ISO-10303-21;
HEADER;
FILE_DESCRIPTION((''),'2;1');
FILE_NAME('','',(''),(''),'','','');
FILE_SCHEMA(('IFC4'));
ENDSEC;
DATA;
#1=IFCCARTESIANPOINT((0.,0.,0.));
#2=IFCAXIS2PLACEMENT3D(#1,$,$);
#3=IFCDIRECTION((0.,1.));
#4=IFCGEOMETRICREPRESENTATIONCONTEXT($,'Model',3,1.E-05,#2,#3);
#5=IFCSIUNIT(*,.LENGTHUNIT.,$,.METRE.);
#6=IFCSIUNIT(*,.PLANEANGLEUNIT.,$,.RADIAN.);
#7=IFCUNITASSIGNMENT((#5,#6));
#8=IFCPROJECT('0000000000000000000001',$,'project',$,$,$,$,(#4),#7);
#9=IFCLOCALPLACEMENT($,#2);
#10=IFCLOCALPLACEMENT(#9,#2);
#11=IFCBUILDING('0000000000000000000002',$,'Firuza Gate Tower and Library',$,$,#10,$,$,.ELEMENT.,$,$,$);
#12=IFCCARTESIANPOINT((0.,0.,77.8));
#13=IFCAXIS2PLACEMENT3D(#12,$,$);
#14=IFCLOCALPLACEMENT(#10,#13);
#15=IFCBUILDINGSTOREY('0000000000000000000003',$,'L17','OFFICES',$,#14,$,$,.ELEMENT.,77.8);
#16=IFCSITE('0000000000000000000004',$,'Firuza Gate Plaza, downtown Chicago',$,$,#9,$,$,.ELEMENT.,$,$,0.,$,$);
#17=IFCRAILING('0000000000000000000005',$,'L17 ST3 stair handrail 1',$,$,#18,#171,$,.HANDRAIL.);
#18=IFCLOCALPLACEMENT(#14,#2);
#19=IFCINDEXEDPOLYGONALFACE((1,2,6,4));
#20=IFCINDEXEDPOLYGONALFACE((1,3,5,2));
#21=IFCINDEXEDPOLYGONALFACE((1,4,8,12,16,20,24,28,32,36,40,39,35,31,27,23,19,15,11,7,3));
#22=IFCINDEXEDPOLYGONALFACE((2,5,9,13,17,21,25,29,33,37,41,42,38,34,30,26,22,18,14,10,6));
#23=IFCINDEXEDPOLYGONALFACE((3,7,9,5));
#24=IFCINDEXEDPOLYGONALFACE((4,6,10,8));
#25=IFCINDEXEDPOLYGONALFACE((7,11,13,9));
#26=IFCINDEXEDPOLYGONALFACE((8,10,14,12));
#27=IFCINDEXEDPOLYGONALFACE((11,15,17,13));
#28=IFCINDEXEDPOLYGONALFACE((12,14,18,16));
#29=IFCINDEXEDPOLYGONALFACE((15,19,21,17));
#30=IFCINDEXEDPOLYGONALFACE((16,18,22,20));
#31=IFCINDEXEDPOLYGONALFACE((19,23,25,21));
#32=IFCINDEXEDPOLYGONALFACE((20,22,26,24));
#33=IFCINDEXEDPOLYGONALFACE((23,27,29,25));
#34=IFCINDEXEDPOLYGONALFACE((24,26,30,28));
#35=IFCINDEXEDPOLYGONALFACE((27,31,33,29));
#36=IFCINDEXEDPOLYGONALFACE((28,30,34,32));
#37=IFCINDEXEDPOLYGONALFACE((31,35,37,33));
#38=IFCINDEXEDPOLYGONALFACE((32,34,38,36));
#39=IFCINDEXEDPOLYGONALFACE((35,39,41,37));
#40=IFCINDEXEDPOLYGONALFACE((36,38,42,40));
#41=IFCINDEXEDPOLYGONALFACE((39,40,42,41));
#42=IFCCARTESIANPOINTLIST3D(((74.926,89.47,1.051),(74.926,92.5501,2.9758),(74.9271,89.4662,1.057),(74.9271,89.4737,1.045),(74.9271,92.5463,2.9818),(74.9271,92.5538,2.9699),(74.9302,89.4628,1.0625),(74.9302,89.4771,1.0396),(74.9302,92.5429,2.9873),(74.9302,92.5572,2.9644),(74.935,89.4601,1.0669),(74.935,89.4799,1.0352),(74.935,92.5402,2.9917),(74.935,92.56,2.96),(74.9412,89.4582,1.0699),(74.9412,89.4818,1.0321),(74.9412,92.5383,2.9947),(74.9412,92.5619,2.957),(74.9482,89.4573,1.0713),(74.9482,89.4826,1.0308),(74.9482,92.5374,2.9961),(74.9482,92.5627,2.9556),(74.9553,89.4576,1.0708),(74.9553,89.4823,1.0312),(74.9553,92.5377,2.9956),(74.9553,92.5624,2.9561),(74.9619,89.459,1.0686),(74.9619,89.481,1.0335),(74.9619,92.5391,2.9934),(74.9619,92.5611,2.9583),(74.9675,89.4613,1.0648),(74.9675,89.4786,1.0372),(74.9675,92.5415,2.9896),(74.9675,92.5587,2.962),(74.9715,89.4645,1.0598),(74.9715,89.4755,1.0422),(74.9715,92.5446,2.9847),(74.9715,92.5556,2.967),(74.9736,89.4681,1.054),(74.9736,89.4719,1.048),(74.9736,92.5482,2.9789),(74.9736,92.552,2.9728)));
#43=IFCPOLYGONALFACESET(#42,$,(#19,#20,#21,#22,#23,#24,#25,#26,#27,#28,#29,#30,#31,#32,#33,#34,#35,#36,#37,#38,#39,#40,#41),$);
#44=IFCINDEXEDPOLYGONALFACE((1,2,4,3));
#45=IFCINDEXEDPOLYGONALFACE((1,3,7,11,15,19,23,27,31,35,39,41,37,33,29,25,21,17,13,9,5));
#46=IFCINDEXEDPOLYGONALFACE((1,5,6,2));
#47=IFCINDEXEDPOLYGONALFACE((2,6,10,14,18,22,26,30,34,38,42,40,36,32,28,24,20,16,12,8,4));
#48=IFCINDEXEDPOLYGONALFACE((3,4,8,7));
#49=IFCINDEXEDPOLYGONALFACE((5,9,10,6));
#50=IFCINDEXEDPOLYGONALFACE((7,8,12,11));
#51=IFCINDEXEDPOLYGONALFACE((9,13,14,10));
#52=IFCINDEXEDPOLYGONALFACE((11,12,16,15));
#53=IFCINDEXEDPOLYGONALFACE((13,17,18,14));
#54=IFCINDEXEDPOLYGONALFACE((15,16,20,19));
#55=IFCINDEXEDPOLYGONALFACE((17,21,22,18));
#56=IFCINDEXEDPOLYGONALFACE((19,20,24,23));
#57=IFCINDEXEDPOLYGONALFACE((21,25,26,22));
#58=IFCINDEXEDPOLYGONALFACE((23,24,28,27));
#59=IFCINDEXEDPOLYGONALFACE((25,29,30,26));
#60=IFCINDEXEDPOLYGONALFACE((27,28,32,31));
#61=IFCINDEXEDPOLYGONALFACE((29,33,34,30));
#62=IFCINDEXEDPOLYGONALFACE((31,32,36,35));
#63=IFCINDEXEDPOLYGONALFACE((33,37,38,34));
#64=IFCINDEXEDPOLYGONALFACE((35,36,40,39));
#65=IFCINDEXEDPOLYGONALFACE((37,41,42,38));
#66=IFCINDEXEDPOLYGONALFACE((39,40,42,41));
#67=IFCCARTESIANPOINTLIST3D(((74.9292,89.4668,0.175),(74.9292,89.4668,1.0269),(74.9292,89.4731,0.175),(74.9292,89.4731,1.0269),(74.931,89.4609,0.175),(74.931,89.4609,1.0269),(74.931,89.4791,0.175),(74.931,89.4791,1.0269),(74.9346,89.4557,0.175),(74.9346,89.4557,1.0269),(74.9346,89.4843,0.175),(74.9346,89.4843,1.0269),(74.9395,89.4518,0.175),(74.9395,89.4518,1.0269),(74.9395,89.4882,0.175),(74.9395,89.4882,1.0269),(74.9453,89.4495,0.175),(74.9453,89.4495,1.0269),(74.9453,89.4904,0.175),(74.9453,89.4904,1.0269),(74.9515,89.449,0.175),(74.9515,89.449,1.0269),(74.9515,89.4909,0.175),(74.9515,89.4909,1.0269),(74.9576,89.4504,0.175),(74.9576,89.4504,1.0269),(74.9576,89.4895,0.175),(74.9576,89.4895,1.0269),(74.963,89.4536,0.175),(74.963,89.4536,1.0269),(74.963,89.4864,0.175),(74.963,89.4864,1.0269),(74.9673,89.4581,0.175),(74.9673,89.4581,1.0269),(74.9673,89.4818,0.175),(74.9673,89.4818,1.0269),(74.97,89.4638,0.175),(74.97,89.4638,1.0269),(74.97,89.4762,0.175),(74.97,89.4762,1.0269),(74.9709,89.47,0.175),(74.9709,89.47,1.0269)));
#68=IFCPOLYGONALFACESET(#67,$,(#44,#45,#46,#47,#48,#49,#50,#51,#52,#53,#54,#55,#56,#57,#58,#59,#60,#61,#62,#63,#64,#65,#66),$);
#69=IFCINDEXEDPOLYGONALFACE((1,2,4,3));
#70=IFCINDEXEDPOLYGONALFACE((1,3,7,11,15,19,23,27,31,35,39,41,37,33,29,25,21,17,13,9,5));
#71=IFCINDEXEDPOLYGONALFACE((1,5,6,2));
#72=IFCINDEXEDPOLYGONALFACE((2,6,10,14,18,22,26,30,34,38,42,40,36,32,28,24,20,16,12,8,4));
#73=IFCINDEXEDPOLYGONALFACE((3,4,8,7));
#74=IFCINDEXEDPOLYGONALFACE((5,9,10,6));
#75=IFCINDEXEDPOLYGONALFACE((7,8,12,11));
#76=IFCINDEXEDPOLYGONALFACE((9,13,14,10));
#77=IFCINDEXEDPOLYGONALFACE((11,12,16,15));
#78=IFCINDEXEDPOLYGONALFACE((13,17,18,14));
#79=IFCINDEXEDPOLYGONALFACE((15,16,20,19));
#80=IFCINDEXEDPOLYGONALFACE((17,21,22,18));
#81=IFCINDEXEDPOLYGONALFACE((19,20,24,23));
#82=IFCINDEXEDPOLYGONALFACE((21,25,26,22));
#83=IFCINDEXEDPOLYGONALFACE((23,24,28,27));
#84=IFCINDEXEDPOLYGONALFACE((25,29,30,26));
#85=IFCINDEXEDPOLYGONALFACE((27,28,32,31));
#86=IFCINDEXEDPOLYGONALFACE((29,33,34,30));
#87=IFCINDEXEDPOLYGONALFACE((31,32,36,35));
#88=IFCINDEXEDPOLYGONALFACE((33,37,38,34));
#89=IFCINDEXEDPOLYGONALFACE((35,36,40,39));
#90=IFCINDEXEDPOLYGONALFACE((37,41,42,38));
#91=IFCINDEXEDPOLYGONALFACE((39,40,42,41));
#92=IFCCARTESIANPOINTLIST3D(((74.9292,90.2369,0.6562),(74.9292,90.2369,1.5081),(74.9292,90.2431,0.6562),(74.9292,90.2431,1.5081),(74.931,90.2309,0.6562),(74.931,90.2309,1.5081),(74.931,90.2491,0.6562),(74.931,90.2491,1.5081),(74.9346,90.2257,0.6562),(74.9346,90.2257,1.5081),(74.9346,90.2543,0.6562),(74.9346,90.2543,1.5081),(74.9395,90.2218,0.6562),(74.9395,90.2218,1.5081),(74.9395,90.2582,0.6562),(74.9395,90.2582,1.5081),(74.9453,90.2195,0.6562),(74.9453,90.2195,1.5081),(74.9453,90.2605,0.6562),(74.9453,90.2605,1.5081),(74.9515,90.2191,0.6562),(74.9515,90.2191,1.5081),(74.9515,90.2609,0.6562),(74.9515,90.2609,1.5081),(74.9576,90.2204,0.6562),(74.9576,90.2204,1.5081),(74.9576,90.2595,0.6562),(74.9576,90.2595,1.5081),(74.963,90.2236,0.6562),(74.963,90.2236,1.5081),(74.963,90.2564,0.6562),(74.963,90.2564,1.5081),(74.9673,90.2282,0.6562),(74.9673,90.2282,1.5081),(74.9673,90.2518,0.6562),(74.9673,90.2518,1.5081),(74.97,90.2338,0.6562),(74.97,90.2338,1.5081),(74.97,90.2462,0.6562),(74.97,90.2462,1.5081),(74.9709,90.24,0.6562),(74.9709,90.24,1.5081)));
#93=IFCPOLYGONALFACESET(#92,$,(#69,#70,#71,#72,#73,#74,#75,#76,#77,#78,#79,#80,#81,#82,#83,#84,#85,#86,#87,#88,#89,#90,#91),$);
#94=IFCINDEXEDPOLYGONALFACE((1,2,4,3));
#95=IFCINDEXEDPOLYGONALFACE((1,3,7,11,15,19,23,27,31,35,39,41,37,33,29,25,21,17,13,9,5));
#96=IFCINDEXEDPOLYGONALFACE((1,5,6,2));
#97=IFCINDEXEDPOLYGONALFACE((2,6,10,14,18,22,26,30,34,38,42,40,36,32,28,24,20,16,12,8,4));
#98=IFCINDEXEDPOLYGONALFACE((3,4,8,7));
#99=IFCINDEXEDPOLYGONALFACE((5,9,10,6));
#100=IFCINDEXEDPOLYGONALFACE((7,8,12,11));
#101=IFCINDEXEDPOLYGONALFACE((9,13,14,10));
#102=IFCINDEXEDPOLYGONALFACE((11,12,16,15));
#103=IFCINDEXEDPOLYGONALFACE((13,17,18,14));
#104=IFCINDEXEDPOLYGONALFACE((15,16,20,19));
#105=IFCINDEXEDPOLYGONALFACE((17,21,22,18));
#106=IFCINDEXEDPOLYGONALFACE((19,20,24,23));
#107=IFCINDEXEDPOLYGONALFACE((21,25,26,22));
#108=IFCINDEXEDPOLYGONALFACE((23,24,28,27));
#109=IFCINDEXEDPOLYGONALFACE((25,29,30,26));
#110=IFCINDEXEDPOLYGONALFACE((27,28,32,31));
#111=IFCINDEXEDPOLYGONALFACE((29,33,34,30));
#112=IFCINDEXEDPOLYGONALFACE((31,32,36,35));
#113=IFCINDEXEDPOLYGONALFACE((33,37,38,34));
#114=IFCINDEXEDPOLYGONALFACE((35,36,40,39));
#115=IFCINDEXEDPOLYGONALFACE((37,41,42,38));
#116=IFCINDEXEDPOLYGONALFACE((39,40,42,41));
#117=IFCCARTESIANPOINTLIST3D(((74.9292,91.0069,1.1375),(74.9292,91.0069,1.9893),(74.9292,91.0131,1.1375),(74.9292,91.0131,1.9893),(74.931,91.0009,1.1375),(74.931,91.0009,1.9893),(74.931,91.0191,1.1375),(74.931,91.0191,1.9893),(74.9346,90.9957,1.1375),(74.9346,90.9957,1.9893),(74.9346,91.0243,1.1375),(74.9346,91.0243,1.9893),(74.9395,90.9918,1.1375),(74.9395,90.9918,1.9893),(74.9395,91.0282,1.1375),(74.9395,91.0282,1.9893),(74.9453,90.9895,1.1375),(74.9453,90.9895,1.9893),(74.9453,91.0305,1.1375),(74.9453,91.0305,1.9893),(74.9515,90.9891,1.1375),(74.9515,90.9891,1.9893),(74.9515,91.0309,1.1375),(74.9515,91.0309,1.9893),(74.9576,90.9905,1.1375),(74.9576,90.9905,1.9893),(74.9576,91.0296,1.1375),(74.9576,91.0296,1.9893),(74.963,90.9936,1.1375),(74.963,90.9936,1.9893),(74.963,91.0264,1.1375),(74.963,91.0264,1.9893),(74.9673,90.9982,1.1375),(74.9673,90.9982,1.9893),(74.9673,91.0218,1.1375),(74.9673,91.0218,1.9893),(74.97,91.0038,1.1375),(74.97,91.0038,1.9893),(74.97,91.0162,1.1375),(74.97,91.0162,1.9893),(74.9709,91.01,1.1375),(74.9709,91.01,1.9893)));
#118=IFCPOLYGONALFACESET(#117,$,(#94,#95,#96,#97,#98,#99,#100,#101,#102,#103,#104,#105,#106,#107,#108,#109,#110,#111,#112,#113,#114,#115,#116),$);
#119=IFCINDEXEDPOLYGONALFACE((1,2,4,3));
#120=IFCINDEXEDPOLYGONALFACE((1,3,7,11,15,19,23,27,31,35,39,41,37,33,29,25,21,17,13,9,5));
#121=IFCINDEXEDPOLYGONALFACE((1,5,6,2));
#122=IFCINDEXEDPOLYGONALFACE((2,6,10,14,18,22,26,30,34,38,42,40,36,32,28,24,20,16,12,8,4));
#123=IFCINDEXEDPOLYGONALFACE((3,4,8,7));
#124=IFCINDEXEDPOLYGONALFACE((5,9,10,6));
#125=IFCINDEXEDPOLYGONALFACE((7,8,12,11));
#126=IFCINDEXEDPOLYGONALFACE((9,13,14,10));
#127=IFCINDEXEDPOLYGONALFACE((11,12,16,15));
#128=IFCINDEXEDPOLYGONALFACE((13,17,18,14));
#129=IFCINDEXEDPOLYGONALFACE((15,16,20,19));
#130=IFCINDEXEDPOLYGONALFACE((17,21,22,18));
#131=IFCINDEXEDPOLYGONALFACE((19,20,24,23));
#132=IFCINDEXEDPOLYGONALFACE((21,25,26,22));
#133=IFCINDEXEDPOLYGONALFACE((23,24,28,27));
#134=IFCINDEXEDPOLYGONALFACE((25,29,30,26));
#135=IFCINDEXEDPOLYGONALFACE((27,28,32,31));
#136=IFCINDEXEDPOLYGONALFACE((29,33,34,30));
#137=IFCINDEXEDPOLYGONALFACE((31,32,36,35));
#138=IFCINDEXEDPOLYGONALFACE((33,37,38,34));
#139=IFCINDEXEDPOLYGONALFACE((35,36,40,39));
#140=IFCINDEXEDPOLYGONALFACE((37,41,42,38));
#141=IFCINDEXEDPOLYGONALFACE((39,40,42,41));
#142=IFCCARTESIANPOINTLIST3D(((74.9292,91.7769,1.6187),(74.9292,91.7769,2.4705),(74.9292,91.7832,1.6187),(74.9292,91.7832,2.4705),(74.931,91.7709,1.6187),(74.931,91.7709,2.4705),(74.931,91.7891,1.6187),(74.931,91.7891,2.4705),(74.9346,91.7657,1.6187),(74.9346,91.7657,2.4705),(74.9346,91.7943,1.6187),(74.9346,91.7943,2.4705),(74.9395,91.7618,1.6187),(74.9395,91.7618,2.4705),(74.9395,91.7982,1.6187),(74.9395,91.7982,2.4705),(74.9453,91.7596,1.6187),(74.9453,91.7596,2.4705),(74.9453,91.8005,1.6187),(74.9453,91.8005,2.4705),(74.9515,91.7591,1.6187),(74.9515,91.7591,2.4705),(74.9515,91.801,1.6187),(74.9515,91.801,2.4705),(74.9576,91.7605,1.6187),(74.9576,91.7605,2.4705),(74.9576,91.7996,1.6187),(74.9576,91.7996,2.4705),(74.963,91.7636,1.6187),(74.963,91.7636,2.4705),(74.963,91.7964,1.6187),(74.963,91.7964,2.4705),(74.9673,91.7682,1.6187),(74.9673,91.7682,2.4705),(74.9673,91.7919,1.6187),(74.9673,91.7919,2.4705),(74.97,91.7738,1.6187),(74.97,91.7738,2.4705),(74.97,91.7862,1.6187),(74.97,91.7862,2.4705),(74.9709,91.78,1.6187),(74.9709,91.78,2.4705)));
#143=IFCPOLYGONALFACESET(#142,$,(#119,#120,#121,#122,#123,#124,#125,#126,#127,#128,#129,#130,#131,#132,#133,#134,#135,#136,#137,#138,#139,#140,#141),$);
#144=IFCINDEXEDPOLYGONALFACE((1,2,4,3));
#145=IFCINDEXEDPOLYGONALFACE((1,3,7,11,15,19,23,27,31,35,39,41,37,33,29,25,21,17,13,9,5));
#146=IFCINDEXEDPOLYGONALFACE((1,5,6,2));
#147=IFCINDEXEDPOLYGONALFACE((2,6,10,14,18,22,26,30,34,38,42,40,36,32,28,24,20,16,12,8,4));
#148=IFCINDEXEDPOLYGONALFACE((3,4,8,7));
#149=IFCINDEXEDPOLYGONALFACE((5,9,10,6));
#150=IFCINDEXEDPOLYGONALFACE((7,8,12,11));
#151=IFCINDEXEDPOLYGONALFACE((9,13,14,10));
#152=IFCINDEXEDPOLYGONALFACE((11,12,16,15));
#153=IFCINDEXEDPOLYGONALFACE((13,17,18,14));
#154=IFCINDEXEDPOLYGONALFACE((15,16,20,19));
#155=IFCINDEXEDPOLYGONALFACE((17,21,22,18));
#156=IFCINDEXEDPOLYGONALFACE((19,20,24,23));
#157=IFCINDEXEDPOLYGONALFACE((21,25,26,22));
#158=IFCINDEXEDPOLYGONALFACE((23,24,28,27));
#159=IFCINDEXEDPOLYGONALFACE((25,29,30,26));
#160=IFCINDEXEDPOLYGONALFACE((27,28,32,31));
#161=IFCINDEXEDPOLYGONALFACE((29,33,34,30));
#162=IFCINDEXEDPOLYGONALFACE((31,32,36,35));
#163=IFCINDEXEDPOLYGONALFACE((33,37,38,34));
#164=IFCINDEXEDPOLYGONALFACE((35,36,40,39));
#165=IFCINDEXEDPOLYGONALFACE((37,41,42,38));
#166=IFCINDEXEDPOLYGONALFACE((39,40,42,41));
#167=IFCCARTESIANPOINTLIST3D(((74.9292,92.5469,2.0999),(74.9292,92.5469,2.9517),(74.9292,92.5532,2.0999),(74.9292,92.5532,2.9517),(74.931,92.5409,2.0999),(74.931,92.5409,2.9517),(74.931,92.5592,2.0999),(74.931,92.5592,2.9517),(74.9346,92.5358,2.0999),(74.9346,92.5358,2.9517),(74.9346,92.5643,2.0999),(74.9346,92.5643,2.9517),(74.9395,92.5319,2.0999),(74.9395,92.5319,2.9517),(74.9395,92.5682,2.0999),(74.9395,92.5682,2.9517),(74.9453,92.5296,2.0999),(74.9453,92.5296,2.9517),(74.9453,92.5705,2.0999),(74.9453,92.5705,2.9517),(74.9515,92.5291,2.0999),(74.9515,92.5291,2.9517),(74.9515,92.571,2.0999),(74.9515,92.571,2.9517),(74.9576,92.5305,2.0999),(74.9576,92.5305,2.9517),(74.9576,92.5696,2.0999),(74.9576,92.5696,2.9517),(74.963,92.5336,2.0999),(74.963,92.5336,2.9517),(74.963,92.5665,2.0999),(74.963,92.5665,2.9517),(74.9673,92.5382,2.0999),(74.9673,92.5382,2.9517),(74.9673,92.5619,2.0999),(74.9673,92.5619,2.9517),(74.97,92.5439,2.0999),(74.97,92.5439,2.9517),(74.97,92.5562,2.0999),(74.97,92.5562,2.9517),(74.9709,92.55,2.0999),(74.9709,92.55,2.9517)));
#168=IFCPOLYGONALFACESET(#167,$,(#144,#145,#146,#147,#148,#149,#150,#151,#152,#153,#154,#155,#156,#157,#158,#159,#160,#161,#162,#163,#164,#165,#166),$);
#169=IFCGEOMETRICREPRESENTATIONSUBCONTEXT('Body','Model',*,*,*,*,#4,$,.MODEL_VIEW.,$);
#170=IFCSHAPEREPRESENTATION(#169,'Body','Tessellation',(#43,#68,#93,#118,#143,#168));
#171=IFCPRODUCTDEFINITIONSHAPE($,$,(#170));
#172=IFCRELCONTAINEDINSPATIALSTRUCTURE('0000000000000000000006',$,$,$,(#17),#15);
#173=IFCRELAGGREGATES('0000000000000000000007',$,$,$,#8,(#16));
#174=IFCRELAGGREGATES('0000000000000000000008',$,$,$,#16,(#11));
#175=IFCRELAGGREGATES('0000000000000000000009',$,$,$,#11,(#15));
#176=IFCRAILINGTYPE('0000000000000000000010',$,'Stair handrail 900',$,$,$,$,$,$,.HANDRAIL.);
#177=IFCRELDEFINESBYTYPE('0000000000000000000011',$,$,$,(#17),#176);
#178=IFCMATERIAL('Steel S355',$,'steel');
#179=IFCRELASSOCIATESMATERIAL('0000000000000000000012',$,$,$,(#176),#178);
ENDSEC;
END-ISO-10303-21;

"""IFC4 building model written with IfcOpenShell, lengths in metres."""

from ifc_helpers import new_model, si_unit, direction, frame, origin, origin_2d, place, context, subcontext, project, spatial, circle, extrude, material, type_object, element, save


model = new_model("IFC4")

# Units and contexts
model_context = context("Model", 3, precision=1e-05, world=origin(), true_north=direction((0.0, 1.0)))
body_context = subcontext(model_context, "Body", "Model", "MODEL_VIEW")
ifc_project = project(units=[si_unit("LENGTHUNIT", "METRE"), si_unit("PLANEANGLEUNIT", "RADIAN")], contexts=[model_context])

# Site, building, storey
site_placement = place(None, origin())
site = spatial("IfcSite", under=ifc_project, at=site_placement, Name="Firuza Gate Plaza, downtown Chicago", CompositionType="ELEMENT", RefElevation=0.0)
building_placement = place(site_placement, origin())
building = spatial("IfcBuilding", under=site, at=building_placement, Name="Firuza Gate Tower and Library", CompositionType="ELEMENT")
storey_placement = place(building_placement, frame((0.0, 0.0, 77.8)))
storey = spatial("IfcBuildingStorey", under=building, at=storey_placement, Name="L17", Description="OFFICES", CompositionType="ELEMENT", Elevation=77.8)

# Railing
ifc_material_1 = material(Name="Steel S355", Category="steel")
railing_type = type_object("IfcRailingType", Name="Stair handrail 900", PredefinedType="HANDRAIL", material=ifc_material_1)
railing_placement = place(storey_placement, frame((74.95, 89.47, 0.175)))
element("IfcRailing", 1, at=railing_placement, inside=storey, type_object=railing_type, Name="L17 ST3 stair handrail 1", PredefinedType="HANDRAIL", context=body_context, shape_type="SweptSolid", body=[
    extrude(circle(Radius=0.0239, at=origin_2d()), frame((0.0, 0.0, 0.876), z_axis=(0.0, 0.848029, 0.529951), x_axis=(-1.0, 0.0, 0.0)), (0.0, 0.0, 1.0), 3.6321),
    extrude(circle(Radius=0.021, at=origin_2d()), origin(), (0.0, 0.0, 1.0), 0.8518),
    extrude(circle(Radius=0.021, at=origin_2d()), frame((0.0, 0.77, 0.4812)), (0.0, 0.0, 1.0), 0.8518),
    extrude(circle(Radius=0.021, at=origin_2d()), frame((0.0, 1.54, 0.9624)), (0.0, 0.0, 1.0), 0.8518),
    extrude(circle(Radius=0.021, at=origin_2d()), frame((0.0, 2.3101, 1.4436)), (0.0, 0.0, 1.0), 0.8518),
    extrude(circle(Radius=0.021, at=origin_2d()), frame((0.0, 3.0801, 1.9248)), (0.0, 0.0, 1.0), 0.8518),
])

save(model, "model.ifc")
